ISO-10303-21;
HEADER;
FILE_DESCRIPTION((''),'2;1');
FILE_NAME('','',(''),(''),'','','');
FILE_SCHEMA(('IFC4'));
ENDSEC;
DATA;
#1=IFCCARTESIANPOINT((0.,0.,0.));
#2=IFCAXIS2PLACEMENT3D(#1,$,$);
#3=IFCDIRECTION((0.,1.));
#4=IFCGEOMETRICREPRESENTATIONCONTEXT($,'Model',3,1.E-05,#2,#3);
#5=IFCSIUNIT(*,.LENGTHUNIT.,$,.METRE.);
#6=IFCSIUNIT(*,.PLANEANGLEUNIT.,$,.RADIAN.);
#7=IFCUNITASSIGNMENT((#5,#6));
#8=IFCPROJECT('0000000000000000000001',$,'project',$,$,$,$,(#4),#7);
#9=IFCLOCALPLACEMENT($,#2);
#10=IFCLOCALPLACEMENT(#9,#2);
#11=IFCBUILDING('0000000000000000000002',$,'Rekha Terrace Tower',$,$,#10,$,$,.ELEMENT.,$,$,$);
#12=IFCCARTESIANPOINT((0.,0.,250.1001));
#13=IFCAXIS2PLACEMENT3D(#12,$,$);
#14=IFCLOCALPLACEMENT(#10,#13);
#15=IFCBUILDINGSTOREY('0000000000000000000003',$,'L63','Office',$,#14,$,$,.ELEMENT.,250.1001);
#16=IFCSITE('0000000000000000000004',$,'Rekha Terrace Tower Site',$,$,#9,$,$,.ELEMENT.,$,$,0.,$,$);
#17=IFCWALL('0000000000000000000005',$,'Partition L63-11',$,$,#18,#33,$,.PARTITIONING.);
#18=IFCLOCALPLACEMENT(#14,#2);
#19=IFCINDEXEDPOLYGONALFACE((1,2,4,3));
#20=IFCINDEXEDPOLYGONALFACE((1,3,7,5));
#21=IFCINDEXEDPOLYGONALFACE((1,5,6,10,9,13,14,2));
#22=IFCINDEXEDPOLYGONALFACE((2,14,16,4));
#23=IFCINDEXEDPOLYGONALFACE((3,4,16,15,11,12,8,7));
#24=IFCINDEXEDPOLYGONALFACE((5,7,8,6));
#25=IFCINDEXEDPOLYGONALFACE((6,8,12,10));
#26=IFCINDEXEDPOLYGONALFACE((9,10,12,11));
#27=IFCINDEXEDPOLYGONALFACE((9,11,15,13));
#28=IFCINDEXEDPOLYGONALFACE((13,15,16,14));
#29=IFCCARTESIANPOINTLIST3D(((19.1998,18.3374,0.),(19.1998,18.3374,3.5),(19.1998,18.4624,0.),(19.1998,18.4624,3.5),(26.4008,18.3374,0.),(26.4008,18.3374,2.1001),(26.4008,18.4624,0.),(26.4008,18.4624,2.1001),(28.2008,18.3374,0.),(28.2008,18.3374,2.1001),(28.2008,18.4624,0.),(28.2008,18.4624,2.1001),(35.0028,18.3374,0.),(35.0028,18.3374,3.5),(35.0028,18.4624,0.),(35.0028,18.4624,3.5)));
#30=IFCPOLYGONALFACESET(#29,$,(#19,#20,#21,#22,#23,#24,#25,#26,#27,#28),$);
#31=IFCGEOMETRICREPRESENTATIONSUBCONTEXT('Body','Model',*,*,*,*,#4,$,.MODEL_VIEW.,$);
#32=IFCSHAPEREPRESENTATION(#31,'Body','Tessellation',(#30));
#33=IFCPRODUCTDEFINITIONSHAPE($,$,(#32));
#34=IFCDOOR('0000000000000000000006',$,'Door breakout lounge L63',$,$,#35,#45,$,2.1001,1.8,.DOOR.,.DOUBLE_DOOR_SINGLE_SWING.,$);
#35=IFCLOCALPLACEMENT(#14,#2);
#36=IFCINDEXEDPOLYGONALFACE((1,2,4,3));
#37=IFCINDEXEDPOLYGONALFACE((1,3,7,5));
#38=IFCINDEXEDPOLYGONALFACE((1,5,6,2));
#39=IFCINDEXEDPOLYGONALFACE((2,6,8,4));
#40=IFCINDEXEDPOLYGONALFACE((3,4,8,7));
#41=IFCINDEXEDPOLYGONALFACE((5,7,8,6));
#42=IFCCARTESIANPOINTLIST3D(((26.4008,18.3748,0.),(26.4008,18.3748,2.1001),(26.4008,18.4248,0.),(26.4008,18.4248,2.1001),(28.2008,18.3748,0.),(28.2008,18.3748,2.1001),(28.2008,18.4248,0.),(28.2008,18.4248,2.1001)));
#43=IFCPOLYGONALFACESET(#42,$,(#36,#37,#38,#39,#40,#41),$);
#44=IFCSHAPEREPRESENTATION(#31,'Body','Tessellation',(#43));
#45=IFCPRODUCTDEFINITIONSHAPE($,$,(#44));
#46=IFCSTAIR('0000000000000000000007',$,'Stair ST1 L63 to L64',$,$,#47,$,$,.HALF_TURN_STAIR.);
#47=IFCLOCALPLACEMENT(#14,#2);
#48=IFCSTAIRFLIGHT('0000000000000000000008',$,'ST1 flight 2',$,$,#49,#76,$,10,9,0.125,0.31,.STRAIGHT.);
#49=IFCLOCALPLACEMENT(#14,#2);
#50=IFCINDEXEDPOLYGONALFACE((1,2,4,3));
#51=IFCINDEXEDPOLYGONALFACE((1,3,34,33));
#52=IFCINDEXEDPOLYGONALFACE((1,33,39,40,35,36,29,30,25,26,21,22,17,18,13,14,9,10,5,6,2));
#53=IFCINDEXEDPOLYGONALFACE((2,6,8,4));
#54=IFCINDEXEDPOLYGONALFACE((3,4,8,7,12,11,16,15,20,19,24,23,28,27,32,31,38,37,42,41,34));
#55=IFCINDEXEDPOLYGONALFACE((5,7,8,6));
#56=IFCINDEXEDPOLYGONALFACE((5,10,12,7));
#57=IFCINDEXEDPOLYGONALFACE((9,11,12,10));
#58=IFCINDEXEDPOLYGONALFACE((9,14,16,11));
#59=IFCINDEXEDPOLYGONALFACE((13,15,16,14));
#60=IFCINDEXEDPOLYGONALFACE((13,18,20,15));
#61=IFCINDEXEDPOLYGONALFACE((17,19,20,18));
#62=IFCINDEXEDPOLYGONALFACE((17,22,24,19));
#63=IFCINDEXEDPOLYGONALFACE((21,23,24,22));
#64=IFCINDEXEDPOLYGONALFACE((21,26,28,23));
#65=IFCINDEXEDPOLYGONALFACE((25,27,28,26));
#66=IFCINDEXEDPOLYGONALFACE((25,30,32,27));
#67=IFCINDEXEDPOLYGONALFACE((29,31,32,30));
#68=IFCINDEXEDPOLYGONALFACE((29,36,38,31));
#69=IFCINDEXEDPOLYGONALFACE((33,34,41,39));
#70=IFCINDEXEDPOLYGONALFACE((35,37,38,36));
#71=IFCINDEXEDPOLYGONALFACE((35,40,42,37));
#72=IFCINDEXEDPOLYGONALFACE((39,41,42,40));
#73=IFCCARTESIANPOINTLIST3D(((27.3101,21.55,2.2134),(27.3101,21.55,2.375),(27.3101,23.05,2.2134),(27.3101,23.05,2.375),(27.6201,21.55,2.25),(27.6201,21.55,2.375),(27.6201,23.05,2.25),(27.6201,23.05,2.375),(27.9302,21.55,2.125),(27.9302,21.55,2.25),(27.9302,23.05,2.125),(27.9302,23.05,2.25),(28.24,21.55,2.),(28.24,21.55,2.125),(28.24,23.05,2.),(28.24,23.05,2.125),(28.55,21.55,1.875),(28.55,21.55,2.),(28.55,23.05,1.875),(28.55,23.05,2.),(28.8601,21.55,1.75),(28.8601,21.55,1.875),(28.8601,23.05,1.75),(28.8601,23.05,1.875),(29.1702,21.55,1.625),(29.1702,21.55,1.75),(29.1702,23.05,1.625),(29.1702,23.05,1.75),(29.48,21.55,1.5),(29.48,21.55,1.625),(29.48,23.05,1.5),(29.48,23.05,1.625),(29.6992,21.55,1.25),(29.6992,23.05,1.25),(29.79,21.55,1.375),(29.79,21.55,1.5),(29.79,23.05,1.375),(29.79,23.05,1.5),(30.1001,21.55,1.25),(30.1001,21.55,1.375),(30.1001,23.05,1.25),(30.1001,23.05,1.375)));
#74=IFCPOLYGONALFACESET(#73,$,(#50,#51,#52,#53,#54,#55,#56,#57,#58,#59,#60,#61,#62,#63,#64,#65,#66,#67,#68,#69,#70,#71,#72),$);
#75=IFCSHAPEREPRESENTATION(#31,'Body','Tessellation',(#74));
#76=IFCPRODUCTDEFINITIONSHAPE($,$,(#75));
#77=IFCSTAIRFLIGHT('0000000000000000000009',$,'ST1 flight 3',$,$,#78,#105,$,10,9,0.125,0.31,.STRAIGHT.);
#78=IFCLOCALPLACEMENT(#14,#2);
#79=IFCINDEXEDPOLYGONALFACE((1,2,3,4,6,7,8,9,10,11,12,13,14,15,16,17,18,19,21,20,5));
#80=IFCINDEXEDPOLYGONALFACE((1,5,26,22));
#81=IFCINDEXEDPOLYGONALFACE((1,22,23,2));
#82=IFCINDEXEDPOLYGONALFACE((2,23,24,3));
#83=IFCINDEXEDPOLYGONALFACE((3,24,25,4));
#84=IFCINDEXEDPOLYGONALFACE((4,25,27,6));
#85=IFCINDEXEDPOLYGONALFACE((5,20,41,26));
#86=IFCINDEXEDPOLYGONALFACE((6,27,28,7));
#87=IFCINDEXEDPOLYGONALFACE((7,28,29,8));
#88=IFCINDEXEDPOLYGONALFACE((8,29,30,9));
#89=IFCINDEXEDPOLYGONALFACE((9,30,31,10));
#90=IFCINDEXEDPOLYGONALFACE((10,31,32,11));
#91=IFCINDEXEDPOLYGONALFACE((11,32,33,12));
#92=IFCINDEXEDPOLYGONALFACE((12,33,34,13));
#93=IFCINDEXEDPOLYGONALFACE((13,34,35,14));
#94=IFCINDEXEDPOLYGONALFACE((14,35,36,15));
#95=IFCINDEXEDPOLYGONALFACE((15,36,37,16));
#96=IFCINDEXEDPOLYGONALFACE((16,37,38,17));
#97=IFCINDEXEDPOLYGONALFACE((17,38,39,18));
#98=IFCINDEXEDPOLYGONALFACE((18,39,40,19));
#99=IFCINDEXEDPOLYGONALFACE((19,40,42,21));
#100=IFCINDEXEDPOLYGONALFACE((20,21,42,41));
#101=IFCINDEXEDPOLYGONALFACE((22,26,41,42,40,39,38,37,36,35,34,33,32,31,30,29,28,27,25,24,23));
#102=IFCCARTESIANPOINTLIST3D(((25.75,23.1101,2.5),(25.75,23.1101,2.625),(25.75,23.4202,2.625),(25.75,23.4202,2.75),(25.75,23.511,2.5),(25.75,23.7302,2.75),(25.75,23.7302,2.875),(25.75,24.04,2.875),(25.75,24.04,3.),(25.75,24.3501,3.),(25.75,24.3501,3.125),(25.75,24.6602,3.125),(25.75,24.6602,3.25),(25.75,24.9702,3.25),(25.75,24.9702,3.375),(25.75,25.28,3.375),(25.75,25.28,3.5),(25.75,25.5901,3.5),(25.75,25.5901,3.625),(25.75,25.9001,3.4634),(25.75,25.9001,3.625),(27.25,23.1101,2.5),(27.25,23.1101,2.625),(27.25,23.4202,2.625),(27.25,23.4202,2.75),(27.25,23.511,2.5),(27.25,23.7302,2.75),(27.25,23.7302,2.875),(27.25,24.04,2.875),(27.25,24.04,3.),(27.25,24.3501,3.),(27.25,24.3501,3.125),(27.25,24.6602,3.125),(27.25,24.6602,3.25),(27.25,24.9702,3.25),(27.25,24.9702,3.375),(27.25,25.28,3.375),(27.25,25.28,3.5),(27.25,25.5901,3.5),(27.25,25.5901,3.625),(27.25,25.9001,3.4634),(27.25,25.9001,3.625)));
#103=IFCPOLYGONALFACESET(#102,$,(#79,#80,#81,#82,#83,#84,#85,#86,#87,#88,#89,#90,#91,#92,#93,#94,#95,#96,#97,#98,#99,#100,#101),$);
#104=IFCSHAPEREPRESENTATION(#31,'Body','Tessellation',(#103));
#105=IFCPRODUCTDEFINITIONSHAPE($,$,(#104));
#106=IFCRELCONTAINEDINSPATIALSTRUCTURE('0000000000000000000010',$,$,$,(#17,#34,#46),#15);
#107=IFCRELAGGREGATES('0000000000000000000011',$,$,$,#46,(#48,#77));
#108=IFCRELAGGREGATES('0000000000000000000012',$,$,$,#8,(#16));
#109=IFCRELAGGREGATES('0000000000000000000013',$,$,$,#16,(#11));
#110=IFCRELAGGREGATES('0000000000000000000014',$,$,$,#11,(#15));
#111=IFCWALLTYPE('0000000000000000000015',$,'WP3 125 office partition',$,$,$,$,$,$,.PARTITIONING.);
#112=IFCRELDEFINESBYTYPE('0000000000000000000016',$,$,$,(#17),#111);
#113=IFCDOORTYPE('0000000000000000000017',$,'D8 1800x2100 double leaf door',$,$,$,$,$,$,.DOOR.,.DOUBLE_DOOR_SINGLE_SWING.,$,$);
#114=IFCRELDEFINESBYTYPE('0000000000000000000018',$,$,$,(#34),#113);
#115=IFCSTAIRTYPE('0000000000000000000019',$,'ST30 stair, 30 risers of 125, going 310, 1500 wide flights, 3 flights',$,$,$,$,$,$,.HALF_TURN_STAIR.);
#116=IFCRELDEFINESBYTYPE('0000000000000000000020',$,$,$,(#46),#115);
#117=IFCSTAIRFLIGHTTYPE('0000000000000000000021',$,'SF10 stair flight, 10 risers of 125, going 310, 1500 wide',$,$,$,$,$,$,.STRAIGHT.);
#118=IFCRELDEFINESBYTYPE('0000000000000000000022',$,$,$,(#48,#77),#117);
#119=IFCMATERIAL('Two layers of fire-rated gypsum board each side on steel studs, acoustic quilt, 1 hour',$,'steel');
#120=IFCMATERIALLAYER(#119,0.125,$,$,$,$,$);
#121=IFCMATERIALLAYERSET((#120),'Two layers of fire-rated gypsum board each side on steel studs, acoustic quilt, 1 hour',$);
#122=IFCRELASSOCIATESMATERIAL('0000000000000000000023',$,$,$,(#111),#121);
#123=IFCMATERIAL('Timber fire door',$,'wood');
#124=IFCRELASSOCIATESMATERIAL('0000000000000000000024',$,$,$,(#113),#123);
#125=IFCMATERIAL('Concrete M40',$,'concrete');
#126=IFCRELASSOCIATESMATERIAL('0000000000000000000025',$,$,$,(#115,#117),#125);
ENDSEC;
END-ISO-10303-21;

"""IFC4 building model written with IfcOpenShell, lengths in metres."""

from ifc_helpers import new_model, si_unit, direction, frame, frame_2d, origin, place, context, subcontext, project, spatial, polyline, rectangle, outline, extrude, material, layer, layer_set, type_object, element, fill, aggregate, save


model = new_model("IFC4")

# Units and contexts
model_context = context("Model", 3, precision=1e-05, world=origin(), true_north=direction((0.0, 1.0)))
body_context = subcontext(model_context, "Body", "Model", "MODEL_VIEW")
ifc_project = project(units=[si_unit("LENGTHUNIT", "METRE"), si_unit("PLANEANGLEUNIT", "RADIAN")], contexts=[model_context])

# Site, building, storey
site_placement = place(None, origin())
site = spatial("IfcSite", under=ifc_project, at=site_placement, Name="Rekha Terrace Tower Site", CompositionType="ELEMENT", RefElevation=0.0)
building_placement = place(site_placement, origin())
building = spatial("IfcBuilding", under=site, at=building_placement, Name="Rekha Terrace Tower", CompositionType="ELEMENT")
storey_placement = place(building_placement, frame((0.0, 0.0, 250.1001)))
storey = spatial("IfcBuildingStorey", under=building, at=storey_placement, Name="L63", Description="Office", CompositionType="ELEMENT", Elevation=250.1001)

# Shared definitions
ifc_material_1 = material(Name="Two layers of fire-rated gypsum board each side on steel studs, acoustic quilt, 1 hour", Category="steel")
ifc_layer_1 = layer(ifc_material_1, 0.125)
ifc_layer_set_1 = layer_set([ifc_layer_1], Name="Two layers of fire-rated gypsum board each side on steel studs, acoustic quilt, 1 hour")
wall_type_1 = type_object("IfcWallType", Name="WP3 125 office partition", PredefinedType="PARTITIONING", material=ifc_layer_set_1)

# Wall, opening, door
wall_1_placement = place(storey_placement, frame((19.2, 18.3999, 0.0), z_axis=(0.0, 0.0, 1.0), x_axis=(1.0, 0.0, 0.0)))
wall_1 = element("IfcWall", 1, at=wall_1_placement, inside=storey, type_object=wall_type_1, Name="Partition L63-11", PredefinedType="PARTITIONING", context=body_context, shape_type="SweptSolid", body=[
    extrude(rectangle(XDim=15.803, YDim=0.125, at=frame_2d((7.9014, 0.0))), origin(), (0.0, 0.0, 1.0), 3.5),
])
opening_1_placement = place(wall_1_placement, frame((7.2009, 0.0, 0.0)))
opening_1 = element("IfcOpeningElement", 2, at=opening_1_placement, cuts=wall_1, PredefinedType="OPENING", context=body_context, shape_type="SweptSolid", body=[
    extrude(rectangle(XDim=1.8, YDim=2.1001, at=frame_2d((0.8999, 1.05))), frame((0.0, 0.0725, 0.0), z_axis=(0.0, -1.0, 0.0), x_axis=(1.0, 0.0, 0.0)), (0.0, 0.0, 1.0), 0.145),
])
ifc_material_2 = material(Name="Timber fire door", Category="wood")
door_type_1 = type_object("IfcDoorType", Name="D8 1800x2100 double leaf door", OperationType="DOUBLE_DOOR_SINGLE_SWING", PredefinedType="DOOR", material=ifc_material_2)
door_1_placement = place(opening_1_placement, origin())
door_1 = element("IfcDoor", 3, at=door_1_placement, inside=storey, type_object=door_type_1, Name="Door breakout lounge L63", OperationType="DOUBLE_DOOR_SINGLE_SWING", OverallHeight=2.1001, OverallWidth=1.8, PredefinedType="DOOR", context=body_context, shape_type="SweptSolid", body=[
    extrude(rectangle(XDim=1.8, YDim=2.1001, at=frame_2d((0.8999, 1.05))), frame((0.0, 0.0249, 0.0), z_axis=(0.0, -1.0, 0.0), x_axis=(1.0, 0.0, 0.0)), (0.0, 0.0, 1.0), 0.05),
])
fill(opening_1, door_1)

# Stair, stair flights
ifc_material_3 = material(Name="Concrete M40", Category="concrete")
stair_type = type_object("IfcStairType", Name="ST30 stair, 30 risers of 125, going 310, 1500 wide flights, 3 flights", PredefinedType="HALF_TURN_STAIR", material=ifc_material_3)
stair_placement = place(storey_placement, origin())
stair = element("IfcStair", 4, at=stair_placement, inside=storey, type_object=stair_type, Name="Stair ST1 L63 to L64", PredefinedType="HALF_TURN_STAIR")
stair_flight_type = type_object("IfcStairFlightType", Name="SF10 stair flight, 10 risers of 125, going 310, 1500 wide", PredefinedType="STRAIGHT", material=ifc_material_3)
stair_flight_1_placement = place(storey_placement, frame((30.1001, 22.3, 1.25), z_axis=(0.0, 0.0, 1.0), x_axis=(-1.0, 0.0, 0.0)))
stair_flight_1 = element("IfcStairFlight", 5, at=stair_flight_1_placement, type_object=stair_flight_type, Name="ST1 flight 2", NumberOfRisers=10, NumberOfTreads=9, PredefinedType="STRAIGHT", RiserHeight=0.125, TreadLength=0.31, context=body_context, shape_type="SweptSolid", body=[
    extrude(outline(polyline([(0.0, 0.0), (0.0, 0.125), (0.3101, 0.125), (0.3101, 0.25), (0.6201, 0.25), (0.6201, 0.375), (0.9299, 0.375), (0.9299, 0.5), (1.24, 0.5), (1.24, 0.625), (1.55, 0.625), (1.55, 0.75), (1.8601, 0.75), (1.8601, 0.875), (2.1699, 0.875), (2.1699, 1.0), (2.48, 1.0), (2.48, 1.125), (2.79, 1.125), (2.79, 1.25), (2.79, 0.9634), (0.4009, 0.0), (0.0, 0.0)])), frame((0.0, 0.75, 0.0), z_axis=(0.0, -1.0, 0.0), x_axis=(1.0, 0.0, 0.0)), (0.0, 0.0, 1.0), 1.5),
])
stair_flight_2_placement = place(storey_placement, frame((26.5, 23.1101, 2.5), z_axis=(0.0, 0.0, 1.0), x_axis=(0.0, 1.0, 0.0)))
stair_flight_2 = element("IfcStairFlight", 6, at=stair_flight_2_placement, type_object=stair_flight_type, Name="ST1 flight 3", NumberOfRisers=10, NumberOfTreads=9, PredefinedType="STRAIGHT", RiserHeight=0.125, TreadLength=0.31, context=body_context, shape_type="SweptSolid", body=[
    extrude(outline(polyline([(0.0, 0.0), (0.0, 0.125), (0.3101, 0.125), (0.3101, 0.25), (0.6201, 0.25), (0.6201, 0.375), (0.9299, 0.375), (0.9299, 0.5), (1.24, 0.5), (1.24, 0.625), (1.55, 0.625), (1.55, 0.75), (1.8601, 0.75), (1.8601, 0.875), (2.1699, 0.875), (2.1699, 1.0), (2.48, 1.0), (2.48, 1.125), (2.79, 1.125), (2.79, 1.25), (2.79, 0.9634), (0.4009, 0.0), (0.0, 0.0)])), frame((0.0, 0.75, 0.0), z_axis=(0.0, -1.0, 0.0), x_axis=(1.0, 0.0, 0.0)), (0.0, 0.0, 1.0), 1.5),
])
aggregate(stair, [stair_flight_1, stair_flight_2])

save(model, "model.ifc")
